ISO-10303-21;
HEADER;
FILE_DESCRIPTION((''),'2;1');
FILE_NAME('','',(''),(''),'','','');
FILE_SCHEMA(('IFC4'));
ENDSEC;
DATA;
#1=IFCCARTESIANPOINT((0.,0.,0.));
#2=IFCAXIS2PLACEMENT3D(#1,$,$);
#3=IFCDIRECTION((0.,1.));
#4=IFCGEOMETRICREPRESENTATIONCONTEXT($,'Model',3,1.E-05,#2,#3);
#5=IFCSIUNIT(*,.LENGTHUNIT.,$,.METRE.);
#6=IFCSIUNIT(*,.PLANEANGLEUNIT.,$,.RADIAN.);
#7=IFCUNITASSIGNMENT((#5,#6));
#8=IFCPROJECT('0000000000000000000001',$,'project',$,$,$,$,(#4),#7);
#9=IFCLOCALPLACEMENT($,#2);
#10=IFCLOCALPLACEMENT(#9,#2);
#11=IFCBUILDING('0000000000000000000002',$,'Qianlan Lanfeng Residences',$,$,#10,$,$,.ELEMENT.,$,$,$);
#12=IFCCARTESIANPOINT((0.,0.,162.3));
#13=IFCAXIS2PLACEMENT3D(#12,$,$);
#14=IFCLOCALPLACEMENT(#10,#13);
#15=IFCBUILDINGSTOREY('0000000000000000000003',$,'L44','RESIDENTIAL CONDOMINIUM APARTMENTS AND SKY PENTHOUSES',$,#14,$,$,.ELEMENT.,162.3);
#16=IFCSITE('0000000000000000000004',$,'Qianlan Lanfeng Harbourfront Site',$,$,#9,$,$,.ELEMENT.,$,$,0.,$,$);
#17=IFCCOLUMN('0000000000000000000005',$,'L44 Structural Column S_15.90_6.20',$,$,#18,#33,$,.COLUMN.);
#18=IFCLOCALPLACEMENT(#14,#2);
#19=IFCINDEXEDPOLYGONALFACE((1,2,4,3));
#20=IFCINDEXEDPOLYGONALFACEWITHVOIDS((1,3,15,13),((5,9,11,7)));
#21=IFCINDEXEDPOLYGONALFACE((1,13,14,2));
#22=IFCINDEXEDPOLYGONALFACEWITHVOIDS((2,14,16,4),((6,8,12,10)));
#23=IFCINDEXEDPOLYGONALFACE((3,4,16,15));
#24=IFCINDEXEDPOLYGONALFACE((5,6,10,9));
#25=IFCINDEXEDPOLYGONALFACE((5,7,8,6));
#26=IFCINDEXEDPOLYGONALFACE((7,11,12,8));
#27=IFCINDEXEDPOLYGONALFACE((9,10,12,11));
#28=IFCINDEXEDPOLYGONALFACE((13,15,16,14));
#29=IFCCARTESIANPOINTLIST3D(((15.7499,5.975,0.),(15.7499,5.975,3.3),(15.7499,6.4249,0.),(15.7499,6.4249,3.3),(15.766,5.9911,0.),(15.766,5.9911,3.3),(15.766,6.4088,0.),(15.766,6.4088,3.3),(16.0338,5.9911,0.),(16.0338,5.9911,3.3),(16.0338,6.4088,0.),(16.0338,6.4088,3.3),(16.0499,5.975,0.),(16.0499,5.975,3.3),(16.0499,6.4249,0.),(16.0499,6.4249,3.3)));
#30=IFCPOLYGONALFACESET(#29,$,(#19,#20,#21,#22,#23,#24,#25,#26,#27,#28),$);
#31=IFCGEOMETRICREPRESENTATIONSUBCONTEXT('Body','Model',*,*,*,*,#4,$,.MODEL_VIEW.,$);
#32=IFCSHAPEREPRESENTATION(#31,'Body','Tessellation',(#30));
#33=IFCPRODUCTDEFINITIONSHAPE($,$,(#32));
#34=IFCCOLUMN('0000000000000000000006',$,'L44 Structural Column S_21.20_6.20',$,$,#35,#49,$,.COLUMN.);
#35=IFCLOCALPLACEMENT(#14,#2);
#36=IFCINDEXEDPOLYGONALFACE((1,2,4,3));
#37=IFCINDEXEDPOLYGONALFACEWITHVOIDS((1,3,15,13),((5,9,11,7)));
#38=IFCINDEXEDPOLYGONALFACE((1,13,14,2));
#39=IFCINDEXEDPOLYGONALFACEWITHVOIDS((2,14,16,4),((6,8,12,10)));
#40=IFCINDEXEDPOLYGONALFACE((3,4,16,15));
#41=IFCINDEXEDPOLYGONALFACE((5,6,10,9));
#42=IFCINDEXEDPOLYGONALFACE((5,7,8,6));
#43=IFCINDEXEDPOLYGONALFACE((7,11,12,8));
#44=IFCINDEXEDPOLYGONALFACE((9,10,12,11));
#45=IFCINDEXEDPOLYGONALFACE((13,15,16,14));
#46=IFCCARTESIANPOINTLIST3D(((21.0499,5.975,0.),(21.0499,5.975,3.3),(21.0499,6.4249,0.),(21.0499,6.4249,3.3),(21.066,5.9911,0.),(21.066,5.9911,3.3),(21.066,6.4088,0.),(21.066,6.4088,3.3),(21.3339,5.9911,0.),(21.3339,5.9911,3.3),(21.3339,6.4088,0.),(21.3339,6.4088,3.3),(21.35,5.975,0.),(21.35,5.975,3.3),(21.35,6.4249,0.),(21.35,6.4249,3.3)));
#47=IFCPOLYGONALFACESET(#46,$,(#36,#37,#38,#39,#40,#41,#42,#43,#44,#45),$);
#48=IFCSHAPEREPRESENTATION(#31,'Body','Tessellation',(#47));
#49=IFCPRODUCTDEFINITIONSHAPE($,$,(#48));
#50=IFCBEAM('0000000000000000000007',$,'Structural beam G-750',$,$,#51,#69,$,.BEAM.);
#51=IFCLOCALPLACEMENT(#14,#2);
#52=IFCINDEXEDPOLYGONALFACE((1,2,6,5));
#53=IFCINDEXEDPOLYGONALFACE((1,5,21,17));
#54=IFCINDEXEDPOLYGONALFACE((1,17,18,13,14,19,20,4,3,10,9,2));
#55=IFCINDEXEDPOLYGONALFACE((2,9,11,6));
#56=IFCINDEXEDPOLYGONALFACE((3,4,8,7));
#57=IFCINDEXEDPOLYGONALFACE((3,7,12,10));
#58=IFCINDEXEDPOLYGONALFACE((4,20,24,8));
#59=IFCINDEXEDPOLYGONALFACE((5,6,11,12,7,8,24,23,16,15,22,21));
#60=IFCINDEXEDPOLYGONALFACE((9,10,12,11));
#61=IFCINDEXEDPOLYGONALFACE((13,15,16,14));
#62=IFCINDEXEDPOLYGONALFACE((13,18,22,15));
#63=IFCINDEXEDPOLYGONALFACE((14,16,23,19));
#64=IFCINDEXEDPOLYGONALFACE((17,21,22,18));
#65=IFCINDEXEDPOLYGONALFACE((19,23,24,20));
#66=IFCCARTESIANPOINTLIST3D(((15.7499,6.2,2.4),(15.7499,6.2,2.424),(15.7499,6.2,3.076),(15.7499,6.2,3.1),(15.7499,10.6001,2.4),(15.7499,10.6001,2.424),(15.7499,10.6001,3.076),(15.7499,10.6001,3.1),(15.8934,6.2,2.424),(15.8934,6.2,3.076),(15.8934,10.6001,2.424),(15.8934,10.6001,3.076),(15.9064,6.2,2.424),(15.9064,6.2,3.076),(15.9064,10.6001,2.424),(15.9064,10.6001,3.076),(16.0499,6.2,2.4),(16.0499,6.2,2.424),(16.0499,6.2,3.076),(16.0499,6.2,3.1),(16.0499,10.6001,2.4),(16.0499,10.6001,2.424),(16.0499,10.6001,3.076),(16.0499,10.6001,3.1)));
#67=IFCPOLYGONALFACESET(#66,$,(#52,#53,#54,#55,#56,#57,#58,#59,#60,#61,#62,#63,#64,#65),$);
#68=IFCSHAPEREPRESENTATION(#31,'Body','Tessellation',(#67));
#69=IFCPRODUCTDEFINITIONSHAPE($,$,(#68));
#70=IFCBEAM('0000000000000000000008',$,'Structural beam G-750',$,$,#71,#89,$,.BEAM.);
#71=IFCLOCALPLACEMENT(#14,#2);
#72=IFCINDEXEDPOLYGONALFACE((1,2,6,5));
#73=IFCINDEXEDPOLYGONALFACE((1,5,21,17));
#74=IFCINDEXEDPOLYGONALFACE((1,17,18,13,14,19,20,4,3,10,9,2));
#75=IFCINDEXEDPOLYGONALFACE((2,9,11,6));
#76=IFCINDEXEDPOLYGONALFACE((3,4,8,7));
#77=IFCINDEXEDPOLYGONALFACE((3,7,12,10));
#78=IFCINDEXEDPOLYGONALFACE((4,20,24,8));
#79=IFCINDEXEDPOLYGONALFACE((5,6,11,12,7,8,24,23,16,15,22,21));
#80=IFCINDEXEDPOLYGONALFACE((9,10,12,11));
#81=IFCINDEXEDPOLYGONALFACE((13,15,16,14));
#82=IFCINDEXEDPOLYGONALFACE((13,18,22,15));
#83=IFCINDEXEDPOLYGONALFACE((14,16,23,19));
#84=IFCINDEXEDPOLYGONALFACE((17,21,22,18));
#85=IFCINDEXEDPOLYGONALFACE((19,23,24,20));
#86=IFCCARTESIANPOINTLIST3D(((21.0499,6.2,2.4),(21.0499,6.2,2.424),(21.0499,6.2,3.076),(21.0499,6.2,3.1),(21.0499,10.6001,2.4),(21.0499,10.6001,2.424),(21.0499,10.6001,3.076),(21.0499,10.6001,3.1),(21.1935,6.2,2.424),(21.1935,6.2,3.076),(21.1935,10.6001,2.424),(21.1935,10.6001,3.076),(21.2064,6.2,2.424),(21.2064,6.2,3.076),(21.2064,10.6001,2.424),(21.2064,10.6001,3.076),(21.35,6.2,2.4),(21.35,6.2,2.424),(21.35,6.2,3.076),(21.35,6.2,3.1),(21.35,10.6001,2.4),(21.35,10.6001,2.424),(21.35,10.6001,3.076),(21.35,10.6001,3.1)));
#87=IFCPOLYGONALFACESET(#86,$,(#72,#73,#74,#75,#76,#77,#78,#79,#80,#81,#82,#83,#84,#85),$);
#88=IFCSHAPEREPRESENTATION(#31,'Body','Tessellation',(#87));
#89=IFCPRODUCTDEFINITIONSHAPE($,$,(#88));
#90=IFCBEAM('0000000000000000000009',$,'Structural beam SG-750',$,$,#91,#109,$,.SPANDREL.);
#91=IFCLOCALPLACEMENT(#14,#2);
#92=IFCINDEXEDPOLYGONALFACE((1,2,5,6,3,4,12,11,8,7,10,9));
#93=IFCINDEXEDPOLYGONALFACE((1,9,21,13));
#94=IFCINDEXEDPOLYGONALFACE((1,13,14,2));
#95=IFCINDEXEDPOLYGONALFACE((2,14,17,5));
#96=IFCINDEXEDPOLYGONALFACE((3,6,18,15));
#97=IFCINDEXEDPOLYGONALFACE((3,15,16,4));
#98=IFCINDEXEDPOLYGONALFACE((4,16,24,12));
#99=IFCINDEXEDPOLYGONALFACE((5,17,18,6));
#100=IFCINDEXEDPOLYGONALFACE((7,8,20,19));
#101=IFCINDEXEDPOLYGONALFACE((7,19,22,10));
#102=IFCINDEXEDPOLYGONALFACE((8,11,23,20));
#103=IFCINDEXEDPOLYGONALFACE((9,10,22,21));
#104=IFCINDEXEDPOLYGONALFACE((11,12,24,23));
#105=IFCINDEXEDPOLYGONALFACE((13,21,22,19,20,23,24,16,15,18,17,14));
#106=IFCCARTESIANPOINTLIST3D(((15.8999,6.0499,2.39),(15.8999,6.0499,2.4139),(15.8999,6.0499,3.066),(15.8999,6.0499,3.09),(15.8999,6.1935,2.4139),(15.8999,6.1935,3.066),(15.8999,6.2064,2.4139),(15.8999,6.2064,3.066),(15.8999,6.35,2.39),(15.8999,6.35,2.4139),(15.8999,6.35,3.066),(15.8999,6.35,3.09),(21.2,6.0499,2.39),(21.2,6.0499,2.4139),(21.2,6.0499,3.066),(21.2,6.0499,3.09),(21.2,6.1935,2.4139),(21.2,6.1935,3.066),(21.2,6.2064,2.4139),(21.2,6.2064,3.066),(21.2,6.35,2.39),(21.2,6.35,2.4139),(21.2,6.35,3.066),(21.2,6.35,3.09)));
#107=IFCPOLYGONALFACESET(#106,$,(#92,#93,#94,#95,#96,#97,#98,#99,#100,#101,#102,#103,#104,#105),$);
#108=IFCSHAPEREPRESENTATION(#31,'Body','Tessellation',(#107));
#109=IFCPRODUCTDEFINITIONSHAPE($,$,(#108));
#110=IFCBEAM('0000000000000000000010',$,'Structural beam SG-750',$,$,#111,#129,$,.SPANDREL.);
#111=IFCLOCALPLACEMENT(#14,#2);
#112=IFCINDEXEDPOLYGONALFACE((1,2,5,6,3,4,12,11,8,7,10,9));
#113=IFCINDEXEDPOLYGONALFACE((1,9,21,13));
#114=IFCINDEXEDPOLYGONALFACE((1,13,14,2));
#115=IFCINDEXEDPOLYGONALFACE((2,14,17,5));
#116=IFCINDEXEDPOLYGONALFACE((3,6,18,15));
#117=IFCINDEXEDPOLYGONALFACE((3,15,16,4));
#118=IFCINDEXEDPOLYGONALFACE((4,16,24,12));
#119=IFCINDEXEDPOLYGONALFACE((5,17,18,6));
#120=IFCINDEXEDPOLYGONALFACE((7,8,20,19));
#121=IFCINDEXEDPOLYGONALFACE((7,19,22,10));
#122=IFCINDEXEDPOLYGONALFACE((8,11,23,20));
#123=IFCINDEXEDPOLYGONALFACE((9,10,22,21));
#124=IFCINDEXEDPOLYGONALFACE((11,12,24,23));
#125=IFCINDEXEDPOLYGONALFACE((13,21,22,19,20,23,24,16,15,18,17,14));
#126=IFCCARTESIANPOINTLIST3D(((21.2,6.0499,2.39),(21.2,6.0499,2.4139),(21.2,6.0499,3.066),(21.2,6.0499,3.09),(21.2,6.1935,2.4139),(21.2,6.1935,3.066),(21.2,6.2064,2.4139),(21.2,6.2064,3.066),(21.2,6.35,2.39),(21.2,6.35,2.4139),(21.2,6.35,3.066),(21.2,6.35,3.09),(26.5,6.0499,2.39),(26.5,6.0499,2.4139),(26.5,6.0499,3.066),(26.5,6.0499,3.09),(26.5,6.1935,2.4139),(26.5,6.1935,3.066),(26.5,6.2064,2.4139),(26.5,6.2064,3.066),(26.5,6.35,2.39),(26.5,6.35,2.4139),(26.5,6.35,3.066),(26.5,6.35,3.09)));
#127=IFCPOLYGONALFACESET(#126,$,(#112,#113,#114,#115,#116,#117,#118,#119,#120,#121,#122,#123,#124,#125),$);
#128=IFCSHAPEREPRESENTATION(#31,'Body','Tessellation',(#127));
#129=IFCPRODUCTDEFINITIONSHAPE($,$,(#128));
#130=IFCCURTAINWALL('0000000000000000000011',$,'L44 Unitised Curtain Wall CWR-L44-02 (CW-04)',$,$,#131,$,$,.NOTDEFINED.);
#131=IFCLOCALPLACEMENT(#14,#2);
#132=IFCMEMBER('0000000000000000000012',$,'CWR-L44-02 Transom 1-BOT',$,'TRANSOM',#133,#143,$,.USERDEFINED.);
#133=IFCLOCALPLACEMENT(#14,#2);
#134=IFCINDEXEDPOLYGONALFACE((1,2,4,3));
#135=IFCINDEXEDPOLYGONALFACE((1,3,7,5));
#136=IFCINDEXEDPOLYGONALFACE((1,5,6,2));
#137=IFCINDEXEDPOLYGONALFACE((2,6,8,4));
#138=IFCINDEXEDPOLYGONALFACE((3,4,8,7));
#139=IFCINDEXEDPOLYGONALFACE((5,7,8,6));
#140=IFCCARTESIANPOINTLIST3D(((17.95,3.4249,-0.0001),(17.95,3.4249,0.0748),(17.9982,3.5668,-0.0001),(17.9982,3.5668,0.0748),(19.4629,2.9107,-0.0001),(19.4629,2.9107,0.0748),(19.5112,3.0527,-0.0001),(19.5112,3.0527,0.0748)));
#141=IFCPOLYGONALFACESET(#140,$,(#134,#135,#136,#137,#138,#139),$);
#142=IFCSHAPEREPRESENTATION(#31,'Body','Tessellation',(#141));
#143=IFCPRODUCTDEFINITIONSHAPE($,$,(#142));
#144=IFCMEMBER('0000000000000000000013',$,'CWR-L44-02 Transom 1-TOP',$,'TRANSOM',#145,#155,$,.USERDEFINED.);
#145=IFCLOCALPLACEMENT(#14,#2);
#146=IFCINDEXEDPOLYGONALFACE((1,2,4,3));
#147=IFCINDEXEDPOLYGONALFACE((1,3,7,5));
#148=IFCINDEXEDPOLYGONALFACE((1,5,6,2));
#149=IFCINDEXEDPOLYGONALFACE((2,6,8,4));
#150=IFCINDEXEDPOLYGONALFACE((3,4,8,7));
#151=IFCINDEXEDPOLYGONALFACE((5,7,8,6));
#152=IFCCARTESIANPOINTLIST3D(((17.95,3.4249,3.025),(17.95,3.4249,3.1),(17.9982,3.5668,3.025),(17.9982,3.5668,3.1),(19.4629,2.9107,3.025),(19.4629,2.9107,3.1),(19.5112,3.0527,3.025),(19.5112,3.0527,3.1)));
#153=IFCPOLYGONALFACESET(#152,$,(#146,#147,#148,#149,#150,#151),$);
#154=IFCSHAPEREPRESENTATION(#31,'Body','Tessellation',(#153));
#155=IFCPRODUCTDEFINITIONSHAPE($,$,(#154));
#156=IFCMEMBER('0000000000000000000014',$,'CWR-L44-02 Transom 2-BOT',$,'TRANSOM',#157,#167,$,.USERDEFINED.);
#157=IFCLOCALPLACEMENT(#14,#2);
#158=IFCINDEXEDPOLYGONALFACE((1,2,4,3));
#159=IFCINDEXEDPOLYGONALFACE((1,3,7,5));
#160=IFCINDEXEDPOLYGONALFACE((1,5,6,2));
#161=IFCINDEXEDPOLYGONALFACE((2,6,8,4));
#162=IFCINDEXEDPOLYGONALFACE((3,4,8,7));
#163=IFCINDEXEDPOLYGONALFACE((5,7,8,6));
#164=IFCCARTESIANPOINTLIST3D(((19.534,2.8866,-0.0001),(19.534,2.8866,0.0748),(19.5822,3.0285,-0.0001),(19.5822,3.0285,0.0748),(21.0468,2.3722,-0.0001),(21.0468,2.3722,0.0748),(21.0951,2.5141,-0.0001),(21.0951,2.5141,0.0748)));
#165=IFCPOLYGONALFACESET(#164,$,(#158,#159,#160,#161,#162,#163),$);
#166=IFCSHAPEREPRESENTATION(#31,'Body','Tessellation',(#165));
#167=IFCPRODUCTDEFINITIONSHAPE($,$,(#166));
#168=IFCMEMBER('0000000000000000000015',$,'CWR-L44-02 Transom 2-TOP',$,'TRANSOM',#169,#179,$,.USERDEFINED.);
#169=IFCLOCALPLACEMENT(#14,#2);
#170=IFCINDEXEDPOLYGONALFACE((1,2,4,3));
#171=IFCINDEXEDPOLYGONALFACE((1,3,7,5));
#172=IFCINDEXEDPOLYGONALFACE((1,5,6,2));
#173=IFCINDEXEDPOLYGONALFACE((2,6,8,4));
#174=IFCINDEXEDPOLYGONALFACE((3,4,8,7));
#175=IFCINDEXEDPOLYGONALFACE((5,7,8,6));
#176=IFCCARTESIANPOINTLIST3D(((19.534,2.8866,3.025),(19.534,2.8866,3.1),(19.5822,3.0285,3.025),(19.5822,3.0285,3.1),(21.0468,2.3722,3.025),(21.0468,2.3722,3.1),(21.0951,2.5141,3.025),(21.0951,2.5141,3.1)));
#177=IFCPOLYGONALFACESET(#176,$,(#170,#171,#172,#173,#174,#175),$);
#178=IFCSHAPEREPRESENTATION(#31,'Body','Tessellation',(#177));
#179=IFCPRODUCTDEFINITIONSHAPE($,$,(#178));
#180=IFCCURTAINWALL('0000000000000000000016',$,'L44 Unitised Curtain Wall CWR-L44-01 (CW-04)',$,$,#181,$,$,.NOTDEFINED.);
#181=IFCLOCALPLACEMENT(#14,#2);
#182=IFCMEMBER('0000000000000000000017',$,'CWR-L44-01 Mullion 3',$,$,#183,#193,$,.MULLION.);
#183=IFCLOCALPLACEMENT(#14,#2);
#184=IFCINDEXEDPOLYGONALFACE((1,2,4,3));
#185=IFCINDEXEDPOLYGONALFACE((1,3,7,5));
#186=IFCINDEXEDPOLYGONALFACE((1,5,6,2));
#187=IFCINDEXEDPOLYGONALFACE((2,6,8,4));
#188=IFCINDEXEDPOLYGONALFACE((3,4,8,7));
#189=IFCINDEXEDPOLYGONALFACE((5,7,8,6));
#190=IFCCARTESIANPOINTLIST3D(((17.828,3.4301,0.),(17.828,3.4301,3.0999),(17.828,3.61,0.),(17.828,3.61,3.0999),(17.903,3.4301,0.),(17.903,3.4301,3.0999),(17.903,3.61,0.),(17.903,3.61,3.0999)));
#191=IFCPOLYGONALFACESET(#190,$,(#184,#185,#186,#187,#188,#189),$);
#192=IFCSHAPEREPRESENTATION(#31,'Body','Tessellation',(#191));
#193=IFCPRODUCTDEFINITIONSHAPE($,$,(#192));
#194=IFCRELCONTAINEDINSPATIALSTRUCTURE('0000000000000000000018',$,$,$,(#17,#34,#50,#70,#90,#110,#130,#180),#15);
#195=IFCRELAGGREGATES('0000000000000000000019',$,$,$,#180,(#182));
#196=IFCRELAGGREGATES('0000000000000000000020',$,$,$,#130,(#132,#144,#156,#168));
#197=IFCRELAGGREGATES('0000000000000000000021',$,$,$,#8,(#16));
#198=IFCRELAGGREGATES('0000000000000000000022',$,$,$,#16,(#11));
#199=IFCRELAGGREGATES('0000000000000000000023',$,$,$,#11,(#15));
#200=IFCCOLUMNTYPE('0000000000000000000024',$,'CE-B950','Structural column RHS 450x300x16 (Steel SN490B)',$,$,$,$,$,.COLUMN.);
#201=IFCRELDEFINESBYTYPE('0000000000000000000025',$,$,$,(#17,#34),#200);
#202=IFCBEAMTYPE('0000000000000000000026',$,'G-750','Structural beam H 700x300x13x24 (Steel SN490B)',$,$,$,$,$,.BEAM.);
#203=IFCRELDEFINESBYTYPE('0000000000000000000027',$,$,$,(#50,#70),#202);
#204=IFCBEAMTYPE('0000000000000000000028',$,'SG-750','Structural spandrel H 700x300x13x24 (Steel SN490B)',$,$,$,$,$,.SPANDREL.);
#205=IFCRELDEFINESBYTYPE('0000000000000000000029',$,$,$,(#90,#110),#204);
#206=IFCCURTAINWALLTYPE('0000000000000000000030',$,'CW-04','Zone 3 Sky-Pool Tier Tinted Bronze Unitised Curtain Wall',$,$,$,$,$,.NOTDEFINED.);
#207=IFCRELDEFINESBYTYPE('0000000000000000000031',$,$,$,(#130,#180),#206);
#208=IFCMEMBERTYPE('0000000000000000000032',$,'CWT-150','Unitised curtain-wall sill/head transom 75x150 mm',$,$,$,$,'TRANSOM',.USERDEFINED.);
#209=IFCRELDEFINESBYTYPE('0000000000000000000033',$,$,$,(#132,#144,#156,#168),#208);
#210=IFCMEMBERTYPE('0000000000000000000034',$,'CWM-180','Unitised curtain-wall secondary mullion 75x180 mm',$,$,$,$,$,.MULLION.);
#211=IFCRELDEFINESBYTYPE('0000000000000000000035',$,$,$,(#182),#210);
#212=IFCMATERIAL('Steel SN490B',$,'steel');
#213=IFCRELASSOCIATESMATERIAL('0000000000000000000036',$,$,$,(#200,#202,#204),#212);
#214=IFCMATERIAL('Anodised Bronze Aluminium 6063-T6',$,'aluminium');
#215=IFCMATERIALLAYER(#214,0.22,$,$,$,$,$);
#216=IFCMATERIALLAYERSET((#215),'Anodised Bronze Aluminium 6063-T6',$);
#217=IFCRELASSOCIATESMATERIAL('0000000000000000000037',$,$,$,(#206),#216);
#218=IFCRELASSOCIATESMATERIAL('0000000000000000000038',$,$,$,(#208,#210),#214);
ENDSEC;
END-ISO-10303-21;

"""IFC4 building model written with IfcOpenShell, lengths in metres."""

from ifc_helpers import new_model, si_unit, direction, frame, origin, origin_2d, place, context, subcontext, project, spatial, rectangle, hollow_rectangle, i_section, extrude, source, transform, mapped, material, layer, layer_set, material_profile, profile_set, type_object, element, aggregate, save


model = new_model("IFC4")

# Units and contexts
model_context = context("Model", 3, precision=1e-05, world=origin(), true_north=direction((0.0, 1.0)))
body_context = subcontext(model_context, "Body", "Model", "MODEL_VIEW")
ifc_project = project(units=[si_unit("LENGTHUNIT", "METRE"), si_unit("PLANEANGLEUNIT", "RADIAN")], contexts=[model_context])

# Site, building, storey
site_placement = place(None, origin())
site = spatial("IfcSite", under=ifc_project, at=site_placement, Name="Qianlan Lanfeng Harbourfront Site", CompositionType="ELEMENT", RefElevation=0.0)
building_placement = place(site_placement, origin())
building = spatial("IfcBuilding", under=site, at=building_placement, Name="Qianlan Lanfeng Residences", CompositionType="ELEMENT")
storey_placement = place(building_placement, frame((0.0, 0.0, 162.3)))
storey = spatial("IfcBuildingStorey", under=building, at=storey_placement, Name="L44", Description="RESIDENTIAL CONDOMINIUM APARTMENTS AND SKY PENTHOUSES", CompositionType="ELEMENT", Elevation=162.3)

# Columns
ifc_material_1 = material(Name="Steel SN490B", Category="steel")
ifc_material_profile_1 = material_profile(ifc_material_1, hollow_rectangle(XDim=0.3, YDim=0.45, WallThickness=0.0161, at=origin_2d()), Name="RHS 450x300x16")
ifc_profile_set_1 = profile_set([ifc_material_profile_1], Name="Steel SN490B")
column_type = type_object("IfcColumnType", Name="CE-B950", Description="Structural column RHS 450x300x16 (Steel SN490B)", PredefinedType="COLUMN", material=ifc_profile_set_1)
for number, where, z_axis, x_axis, name in (
    (1, (15.8999, 6.2, 0.0), (0.0, 0.0, 1.0), (1.0, 0.0, 0.0), "L44 Structural Column S_15.90_6.20"),
    (2, (21.2, 6.2, 0.0), (0.0, 0.0, 1.0), (1.0, 0.0, 0.0), "L44 Structural Column S_21.20_6.20"),
):
    element("IfcColumn", number, at=place(storey_placement, frame(where, z_axis=z_axis, x_axis=x_axis)), inside=storey, type_object=column_type, Name=name, PredefinedType="COLUMN", context=body_context, shape_type="SweptSolid", body=[
        extrude(hollow_rectangle(XDim=0.3, YDim=0.45, WallThickness=0.0161, at=origin_2d()), origin(), (0.0, 0.0, 1.0), 3.3),
    ])

# Beams
ifc_material_profile_2 = material_profile(ifc_material_1, i_section(OverallWidth=0.3, OverallDepth=0.7, WebThickness=0.0129, FlangeThickness=0.0239, at=origin_2d()), Name="H 700x300x13x24")
ifc_profile_set_2 = profile_set([ifc_material_profile_2], Name="Steel SN490B")
beam_type_1 = type_object("IfcBeamType", Name="G-750", Description="Structural beam H 700x300x13x24 (Steel SN490B)", PredefinedType="BEAM", material=ifc_profile_set_2)
for number, where, z_axis, x_axis, name in (
    (3, (15.8999, 6.2, 2.75), (0.0, 1.0, 0.0), (-1.0, 0.0, 0.0), "Structural beam G-750"),
    (4, (21.2, 6.2, 2.75), (0.0, 1.0, 0.0), (-1.0, 0.0, 0.0), "Structural beam G-750"),
):
    element("IfcBeam", number, at=place(storey_placement, frame(where, z_axis=z_axis, x_axis=x_axis)), inside=storey, type_object=beam_type_1, Name=name, PredefinedType="BEAM", context=body_context, shape_type="SweptSolid", body=[
        extrude(i_section(OverallWidth=0.3, OverallDepth=0.7, WebThickness=0.0129, FlangeThickness=0.0239, at=origin_2d()), origin(), (0.0, 0.0, 1.0), 4.4001),
    ])
ifc_material_profile_3 = material_profile(ifc_material_1, i_section(OverallWidth=0.3, OverallDepth=0.7, WebThickness=0.0129, FlangeThickness=0.0239, at=origin_2d()), Name="H 700x300x13x24")
ifc_profile_set_3 = profile_set([ifc_material_profile_3], Name="Steel SN490B")
beam_type_2 = type_object("IfcBeamType", Name="SG-750", Description="Structural spandrel H 700x300x13x24 (Steel SN490B)", PredefinedType="SPANDREL", material=ifc_profile_set_3)
for number, where, z_axis, x_axis, name in (
    (5, (15.8999, 6.2, 2.74), (1.0, 0.0, 0.0), (0.0, 1.0, 0.0), "Structural beam SG-750"),
    (6, (21.2, 6.2, 2.74), (1.0, 0.0, 0.0), (0.0, 1.0, 0.0), "Structural beam SG-750"),
):
    element("IfcBeam", number, at=place(storey_placement, frame(where, z_axis=z_axis, x_axis=x_axis)), inside=storey, type_object=beam_type_2, Name=name, PredefinedType="SPANDREL", context=body_context, shape_type="SweptSolid", body=[
        extrude(i_section(OverallWidth=0.3, OverallDepth=0.7, WebThickness=0.0129, FlangeThickness=0.0239, at=origin_2d()), origin(), (0.0, 0.0, 1.0), 5.3),
    ])

# Curtain wall, members
ifc_material_2 = material(Name="Anodised Bronze Aluminium 6063-T6", Category="aluminium")
ifc_layer_1 = layer(ifc_material_2, 0.22)
ifc_layer_set_1 = layer_set([ifc_layer_1], Name="Anodised Bronze Aluminium 6063-T6")
curtain_wall_type = type_object("IfcCurtainWallType", Name="CW-04", Description="Zone 3 Sky-Pool Tier Tinted Bronze Unitised Curtain Wall", PredefinedType="NOTDEFINED", material=ifc_layer_set_1)
curtain_wall_1_placement = place(storey_placement, origin())
curtain_wall_1 = element("IfcCurtainWall", 7, at=curtain_wall_1_placement, inside=storey, type_object=curtain_wall_type, Name="L44 Unitised Curtain Wall CWR-L44-02 (CW-04)", PredefinedType="NOTDEFINED")
ifc_material_profile_4 = material_profile(ifc_material_2, rectangle(XDim=0.075, YDim=0.1499, at=origin_2d()), Name="ALU TRANSOM 75x150")
ifc_profile_set_4 = profile_set([ifc_material_profile_4], Name="Anodised Bronze Aluminium 6063-T6")
member_type_1 = type_object("IfcMemberType", Name="CWT-150", Description="Unitised curtain-wall sill/head transom 75x150 mm", ElementType="TRANSOM", PredefinedType="USERDEFINED", material=ifc_profile_set_4)
shared_shape_1 = source(origin(), body_context, "Body", "SweptSolid", [
    extrude(rectangle(XDim=0.075, YDim=0.1499, at=origin_2d()), origin(), (0.0, 0.0, 1.0), 1.5979),
])
member_1_placement = place(storey_placement, frame((17.9741, 3.4958, 0.0374), z_axis=(0.946818, -0.321769, 0.0), x_axis=(0.0, 0.0, 1.0)))
member_1 = element("IfcMember", 8, at=member_1_placement, type_object=member_type_1, Name="CWR-L44-02 Transom 1-BOT", ObjectType="TRANSOM", PredefinedType="USERDEFINED", context=body_context, shape_type="MappedRepresentation", body=[
    mapped(shared_shape_1, transform((0.0, 0.0, 0.0), scale=1.0)),
])
member_2_placement = place(storey_placement, frame((17.9741, 3.4958, 3.0625), z_axis=(0.946818, -0.321769, 0.0), x_axis=(0.0, 0.0, 1.0)))
member_2 = element("IfcMember", 9, at=member_2_placement, type_object=member_type_1, Name="CWR-L44-02 Transom 1-TOP", ObjectType="TRANSOM", PredefinedType="USERDEFINED", context=body_context, shape_type="MappedRepresentation", body=[
    mapped(shared_shape_1, transform((0.0, 0.0, 0.0), scale=1.0)),
])
member_3_placement = place(storey_placement, frame((19.5581, 2.9575, 0.0374), z_axis=(0.946772, -0.321905, 0.0), x_axis=(0.0, 0.0, 1.0)))
member_3 = element("IfcMember", 10, at=member_3_placement, type_object=member_type_1, Name="CWR-L44-02 Transom 2-BOT", ObjectType="TRANSOM", PredefinedType="USERDEFINED", context=body_context, shape_type="MappedRepresentation", body=[
    mapped(shared_shape_1, transform((0.0, 0.0, 0.0), scale=1.0)),
])
member_4_placement = place(storey_placement, frame((19.5581, 2.9575, 3.0625), z_axis=(0.946772, -0.321905, 0.0), x_axis=(0.0, 0.0, 1.0)))
member_4 = element("IfcMember", 11, at=member_4_placement, type_object=member_type_1, Name="CWR-L44-02 Transom 2-TOP", ObjectType="TRANSOM", PredefinedType="USERDEFINED", context=body_context, shape_type="MappedRepresentation", body=[
    mapped(shared_shape_1, transform((0.0, 0.0, 0.0), scale=1.0)),
])

# Curtain wall, member
curtain_wall_2_placement = place(storey_placement, origin())
curtain_wall_2 = element("IfcCurtainWall", 12, at=curtain_wall_2_placement, inside=storey, type_object=curtain_wall_type, Name="L44 Unitised Curtain Wall CWR-L44-01 (CW-04)", PredefinedType="NOTDEFINED")
ifc_material_profile_5 = material_profile(ifc_material_2, rectangle(XDim=0.075, YDim=0.1799, at=origin_2d()), Name="ALU MULLION 75x180")
ifc_profile_set_5 = profile_set([ifc_material_profile_5], Name="Anodised Bronze Aluminium 6063-T6")
member_type_2 = type_object("IfcMemberType", Name="CWM-180", Description="Unitised curtain-wall secondary mullion 75x180 mm", PredefinedType="MULLION", material=ifc_profile_set_5)
shared_shape_2 = source(origin(), body_context, "Body", "SweptSolid", [
    extrude(rectangle(XDim=0.075, YDim=0.1799, at=origin_2d()), origin(), (0.0, 0.0, 1.0), 3.0999),
])
member_5_placement = place(storey_placement, frame((17.8655, 3.52, 0.0), z_axis=(0.0, 0.0, 1.0), x_axis=(1.0, 0.0, 0.0)))
member_5 = element("IfcMember", 13, at=member_5_placement, type_object=member_type_2, Name="CWR-L44-01 Mullion 3", PredefinedType="MULLION", context=body_context, shape_type="MappedRepresentation", body=[
    mapped(shared_shape_2, transform((0.0, 0.0, 0.0), scale=1.0)),
])

aggregate(curtain_wall_2, [member_5])
aggregate(curtain_wall_1, [member_1, member_2, member_3, member_4])

save(model, "model.ifc")
